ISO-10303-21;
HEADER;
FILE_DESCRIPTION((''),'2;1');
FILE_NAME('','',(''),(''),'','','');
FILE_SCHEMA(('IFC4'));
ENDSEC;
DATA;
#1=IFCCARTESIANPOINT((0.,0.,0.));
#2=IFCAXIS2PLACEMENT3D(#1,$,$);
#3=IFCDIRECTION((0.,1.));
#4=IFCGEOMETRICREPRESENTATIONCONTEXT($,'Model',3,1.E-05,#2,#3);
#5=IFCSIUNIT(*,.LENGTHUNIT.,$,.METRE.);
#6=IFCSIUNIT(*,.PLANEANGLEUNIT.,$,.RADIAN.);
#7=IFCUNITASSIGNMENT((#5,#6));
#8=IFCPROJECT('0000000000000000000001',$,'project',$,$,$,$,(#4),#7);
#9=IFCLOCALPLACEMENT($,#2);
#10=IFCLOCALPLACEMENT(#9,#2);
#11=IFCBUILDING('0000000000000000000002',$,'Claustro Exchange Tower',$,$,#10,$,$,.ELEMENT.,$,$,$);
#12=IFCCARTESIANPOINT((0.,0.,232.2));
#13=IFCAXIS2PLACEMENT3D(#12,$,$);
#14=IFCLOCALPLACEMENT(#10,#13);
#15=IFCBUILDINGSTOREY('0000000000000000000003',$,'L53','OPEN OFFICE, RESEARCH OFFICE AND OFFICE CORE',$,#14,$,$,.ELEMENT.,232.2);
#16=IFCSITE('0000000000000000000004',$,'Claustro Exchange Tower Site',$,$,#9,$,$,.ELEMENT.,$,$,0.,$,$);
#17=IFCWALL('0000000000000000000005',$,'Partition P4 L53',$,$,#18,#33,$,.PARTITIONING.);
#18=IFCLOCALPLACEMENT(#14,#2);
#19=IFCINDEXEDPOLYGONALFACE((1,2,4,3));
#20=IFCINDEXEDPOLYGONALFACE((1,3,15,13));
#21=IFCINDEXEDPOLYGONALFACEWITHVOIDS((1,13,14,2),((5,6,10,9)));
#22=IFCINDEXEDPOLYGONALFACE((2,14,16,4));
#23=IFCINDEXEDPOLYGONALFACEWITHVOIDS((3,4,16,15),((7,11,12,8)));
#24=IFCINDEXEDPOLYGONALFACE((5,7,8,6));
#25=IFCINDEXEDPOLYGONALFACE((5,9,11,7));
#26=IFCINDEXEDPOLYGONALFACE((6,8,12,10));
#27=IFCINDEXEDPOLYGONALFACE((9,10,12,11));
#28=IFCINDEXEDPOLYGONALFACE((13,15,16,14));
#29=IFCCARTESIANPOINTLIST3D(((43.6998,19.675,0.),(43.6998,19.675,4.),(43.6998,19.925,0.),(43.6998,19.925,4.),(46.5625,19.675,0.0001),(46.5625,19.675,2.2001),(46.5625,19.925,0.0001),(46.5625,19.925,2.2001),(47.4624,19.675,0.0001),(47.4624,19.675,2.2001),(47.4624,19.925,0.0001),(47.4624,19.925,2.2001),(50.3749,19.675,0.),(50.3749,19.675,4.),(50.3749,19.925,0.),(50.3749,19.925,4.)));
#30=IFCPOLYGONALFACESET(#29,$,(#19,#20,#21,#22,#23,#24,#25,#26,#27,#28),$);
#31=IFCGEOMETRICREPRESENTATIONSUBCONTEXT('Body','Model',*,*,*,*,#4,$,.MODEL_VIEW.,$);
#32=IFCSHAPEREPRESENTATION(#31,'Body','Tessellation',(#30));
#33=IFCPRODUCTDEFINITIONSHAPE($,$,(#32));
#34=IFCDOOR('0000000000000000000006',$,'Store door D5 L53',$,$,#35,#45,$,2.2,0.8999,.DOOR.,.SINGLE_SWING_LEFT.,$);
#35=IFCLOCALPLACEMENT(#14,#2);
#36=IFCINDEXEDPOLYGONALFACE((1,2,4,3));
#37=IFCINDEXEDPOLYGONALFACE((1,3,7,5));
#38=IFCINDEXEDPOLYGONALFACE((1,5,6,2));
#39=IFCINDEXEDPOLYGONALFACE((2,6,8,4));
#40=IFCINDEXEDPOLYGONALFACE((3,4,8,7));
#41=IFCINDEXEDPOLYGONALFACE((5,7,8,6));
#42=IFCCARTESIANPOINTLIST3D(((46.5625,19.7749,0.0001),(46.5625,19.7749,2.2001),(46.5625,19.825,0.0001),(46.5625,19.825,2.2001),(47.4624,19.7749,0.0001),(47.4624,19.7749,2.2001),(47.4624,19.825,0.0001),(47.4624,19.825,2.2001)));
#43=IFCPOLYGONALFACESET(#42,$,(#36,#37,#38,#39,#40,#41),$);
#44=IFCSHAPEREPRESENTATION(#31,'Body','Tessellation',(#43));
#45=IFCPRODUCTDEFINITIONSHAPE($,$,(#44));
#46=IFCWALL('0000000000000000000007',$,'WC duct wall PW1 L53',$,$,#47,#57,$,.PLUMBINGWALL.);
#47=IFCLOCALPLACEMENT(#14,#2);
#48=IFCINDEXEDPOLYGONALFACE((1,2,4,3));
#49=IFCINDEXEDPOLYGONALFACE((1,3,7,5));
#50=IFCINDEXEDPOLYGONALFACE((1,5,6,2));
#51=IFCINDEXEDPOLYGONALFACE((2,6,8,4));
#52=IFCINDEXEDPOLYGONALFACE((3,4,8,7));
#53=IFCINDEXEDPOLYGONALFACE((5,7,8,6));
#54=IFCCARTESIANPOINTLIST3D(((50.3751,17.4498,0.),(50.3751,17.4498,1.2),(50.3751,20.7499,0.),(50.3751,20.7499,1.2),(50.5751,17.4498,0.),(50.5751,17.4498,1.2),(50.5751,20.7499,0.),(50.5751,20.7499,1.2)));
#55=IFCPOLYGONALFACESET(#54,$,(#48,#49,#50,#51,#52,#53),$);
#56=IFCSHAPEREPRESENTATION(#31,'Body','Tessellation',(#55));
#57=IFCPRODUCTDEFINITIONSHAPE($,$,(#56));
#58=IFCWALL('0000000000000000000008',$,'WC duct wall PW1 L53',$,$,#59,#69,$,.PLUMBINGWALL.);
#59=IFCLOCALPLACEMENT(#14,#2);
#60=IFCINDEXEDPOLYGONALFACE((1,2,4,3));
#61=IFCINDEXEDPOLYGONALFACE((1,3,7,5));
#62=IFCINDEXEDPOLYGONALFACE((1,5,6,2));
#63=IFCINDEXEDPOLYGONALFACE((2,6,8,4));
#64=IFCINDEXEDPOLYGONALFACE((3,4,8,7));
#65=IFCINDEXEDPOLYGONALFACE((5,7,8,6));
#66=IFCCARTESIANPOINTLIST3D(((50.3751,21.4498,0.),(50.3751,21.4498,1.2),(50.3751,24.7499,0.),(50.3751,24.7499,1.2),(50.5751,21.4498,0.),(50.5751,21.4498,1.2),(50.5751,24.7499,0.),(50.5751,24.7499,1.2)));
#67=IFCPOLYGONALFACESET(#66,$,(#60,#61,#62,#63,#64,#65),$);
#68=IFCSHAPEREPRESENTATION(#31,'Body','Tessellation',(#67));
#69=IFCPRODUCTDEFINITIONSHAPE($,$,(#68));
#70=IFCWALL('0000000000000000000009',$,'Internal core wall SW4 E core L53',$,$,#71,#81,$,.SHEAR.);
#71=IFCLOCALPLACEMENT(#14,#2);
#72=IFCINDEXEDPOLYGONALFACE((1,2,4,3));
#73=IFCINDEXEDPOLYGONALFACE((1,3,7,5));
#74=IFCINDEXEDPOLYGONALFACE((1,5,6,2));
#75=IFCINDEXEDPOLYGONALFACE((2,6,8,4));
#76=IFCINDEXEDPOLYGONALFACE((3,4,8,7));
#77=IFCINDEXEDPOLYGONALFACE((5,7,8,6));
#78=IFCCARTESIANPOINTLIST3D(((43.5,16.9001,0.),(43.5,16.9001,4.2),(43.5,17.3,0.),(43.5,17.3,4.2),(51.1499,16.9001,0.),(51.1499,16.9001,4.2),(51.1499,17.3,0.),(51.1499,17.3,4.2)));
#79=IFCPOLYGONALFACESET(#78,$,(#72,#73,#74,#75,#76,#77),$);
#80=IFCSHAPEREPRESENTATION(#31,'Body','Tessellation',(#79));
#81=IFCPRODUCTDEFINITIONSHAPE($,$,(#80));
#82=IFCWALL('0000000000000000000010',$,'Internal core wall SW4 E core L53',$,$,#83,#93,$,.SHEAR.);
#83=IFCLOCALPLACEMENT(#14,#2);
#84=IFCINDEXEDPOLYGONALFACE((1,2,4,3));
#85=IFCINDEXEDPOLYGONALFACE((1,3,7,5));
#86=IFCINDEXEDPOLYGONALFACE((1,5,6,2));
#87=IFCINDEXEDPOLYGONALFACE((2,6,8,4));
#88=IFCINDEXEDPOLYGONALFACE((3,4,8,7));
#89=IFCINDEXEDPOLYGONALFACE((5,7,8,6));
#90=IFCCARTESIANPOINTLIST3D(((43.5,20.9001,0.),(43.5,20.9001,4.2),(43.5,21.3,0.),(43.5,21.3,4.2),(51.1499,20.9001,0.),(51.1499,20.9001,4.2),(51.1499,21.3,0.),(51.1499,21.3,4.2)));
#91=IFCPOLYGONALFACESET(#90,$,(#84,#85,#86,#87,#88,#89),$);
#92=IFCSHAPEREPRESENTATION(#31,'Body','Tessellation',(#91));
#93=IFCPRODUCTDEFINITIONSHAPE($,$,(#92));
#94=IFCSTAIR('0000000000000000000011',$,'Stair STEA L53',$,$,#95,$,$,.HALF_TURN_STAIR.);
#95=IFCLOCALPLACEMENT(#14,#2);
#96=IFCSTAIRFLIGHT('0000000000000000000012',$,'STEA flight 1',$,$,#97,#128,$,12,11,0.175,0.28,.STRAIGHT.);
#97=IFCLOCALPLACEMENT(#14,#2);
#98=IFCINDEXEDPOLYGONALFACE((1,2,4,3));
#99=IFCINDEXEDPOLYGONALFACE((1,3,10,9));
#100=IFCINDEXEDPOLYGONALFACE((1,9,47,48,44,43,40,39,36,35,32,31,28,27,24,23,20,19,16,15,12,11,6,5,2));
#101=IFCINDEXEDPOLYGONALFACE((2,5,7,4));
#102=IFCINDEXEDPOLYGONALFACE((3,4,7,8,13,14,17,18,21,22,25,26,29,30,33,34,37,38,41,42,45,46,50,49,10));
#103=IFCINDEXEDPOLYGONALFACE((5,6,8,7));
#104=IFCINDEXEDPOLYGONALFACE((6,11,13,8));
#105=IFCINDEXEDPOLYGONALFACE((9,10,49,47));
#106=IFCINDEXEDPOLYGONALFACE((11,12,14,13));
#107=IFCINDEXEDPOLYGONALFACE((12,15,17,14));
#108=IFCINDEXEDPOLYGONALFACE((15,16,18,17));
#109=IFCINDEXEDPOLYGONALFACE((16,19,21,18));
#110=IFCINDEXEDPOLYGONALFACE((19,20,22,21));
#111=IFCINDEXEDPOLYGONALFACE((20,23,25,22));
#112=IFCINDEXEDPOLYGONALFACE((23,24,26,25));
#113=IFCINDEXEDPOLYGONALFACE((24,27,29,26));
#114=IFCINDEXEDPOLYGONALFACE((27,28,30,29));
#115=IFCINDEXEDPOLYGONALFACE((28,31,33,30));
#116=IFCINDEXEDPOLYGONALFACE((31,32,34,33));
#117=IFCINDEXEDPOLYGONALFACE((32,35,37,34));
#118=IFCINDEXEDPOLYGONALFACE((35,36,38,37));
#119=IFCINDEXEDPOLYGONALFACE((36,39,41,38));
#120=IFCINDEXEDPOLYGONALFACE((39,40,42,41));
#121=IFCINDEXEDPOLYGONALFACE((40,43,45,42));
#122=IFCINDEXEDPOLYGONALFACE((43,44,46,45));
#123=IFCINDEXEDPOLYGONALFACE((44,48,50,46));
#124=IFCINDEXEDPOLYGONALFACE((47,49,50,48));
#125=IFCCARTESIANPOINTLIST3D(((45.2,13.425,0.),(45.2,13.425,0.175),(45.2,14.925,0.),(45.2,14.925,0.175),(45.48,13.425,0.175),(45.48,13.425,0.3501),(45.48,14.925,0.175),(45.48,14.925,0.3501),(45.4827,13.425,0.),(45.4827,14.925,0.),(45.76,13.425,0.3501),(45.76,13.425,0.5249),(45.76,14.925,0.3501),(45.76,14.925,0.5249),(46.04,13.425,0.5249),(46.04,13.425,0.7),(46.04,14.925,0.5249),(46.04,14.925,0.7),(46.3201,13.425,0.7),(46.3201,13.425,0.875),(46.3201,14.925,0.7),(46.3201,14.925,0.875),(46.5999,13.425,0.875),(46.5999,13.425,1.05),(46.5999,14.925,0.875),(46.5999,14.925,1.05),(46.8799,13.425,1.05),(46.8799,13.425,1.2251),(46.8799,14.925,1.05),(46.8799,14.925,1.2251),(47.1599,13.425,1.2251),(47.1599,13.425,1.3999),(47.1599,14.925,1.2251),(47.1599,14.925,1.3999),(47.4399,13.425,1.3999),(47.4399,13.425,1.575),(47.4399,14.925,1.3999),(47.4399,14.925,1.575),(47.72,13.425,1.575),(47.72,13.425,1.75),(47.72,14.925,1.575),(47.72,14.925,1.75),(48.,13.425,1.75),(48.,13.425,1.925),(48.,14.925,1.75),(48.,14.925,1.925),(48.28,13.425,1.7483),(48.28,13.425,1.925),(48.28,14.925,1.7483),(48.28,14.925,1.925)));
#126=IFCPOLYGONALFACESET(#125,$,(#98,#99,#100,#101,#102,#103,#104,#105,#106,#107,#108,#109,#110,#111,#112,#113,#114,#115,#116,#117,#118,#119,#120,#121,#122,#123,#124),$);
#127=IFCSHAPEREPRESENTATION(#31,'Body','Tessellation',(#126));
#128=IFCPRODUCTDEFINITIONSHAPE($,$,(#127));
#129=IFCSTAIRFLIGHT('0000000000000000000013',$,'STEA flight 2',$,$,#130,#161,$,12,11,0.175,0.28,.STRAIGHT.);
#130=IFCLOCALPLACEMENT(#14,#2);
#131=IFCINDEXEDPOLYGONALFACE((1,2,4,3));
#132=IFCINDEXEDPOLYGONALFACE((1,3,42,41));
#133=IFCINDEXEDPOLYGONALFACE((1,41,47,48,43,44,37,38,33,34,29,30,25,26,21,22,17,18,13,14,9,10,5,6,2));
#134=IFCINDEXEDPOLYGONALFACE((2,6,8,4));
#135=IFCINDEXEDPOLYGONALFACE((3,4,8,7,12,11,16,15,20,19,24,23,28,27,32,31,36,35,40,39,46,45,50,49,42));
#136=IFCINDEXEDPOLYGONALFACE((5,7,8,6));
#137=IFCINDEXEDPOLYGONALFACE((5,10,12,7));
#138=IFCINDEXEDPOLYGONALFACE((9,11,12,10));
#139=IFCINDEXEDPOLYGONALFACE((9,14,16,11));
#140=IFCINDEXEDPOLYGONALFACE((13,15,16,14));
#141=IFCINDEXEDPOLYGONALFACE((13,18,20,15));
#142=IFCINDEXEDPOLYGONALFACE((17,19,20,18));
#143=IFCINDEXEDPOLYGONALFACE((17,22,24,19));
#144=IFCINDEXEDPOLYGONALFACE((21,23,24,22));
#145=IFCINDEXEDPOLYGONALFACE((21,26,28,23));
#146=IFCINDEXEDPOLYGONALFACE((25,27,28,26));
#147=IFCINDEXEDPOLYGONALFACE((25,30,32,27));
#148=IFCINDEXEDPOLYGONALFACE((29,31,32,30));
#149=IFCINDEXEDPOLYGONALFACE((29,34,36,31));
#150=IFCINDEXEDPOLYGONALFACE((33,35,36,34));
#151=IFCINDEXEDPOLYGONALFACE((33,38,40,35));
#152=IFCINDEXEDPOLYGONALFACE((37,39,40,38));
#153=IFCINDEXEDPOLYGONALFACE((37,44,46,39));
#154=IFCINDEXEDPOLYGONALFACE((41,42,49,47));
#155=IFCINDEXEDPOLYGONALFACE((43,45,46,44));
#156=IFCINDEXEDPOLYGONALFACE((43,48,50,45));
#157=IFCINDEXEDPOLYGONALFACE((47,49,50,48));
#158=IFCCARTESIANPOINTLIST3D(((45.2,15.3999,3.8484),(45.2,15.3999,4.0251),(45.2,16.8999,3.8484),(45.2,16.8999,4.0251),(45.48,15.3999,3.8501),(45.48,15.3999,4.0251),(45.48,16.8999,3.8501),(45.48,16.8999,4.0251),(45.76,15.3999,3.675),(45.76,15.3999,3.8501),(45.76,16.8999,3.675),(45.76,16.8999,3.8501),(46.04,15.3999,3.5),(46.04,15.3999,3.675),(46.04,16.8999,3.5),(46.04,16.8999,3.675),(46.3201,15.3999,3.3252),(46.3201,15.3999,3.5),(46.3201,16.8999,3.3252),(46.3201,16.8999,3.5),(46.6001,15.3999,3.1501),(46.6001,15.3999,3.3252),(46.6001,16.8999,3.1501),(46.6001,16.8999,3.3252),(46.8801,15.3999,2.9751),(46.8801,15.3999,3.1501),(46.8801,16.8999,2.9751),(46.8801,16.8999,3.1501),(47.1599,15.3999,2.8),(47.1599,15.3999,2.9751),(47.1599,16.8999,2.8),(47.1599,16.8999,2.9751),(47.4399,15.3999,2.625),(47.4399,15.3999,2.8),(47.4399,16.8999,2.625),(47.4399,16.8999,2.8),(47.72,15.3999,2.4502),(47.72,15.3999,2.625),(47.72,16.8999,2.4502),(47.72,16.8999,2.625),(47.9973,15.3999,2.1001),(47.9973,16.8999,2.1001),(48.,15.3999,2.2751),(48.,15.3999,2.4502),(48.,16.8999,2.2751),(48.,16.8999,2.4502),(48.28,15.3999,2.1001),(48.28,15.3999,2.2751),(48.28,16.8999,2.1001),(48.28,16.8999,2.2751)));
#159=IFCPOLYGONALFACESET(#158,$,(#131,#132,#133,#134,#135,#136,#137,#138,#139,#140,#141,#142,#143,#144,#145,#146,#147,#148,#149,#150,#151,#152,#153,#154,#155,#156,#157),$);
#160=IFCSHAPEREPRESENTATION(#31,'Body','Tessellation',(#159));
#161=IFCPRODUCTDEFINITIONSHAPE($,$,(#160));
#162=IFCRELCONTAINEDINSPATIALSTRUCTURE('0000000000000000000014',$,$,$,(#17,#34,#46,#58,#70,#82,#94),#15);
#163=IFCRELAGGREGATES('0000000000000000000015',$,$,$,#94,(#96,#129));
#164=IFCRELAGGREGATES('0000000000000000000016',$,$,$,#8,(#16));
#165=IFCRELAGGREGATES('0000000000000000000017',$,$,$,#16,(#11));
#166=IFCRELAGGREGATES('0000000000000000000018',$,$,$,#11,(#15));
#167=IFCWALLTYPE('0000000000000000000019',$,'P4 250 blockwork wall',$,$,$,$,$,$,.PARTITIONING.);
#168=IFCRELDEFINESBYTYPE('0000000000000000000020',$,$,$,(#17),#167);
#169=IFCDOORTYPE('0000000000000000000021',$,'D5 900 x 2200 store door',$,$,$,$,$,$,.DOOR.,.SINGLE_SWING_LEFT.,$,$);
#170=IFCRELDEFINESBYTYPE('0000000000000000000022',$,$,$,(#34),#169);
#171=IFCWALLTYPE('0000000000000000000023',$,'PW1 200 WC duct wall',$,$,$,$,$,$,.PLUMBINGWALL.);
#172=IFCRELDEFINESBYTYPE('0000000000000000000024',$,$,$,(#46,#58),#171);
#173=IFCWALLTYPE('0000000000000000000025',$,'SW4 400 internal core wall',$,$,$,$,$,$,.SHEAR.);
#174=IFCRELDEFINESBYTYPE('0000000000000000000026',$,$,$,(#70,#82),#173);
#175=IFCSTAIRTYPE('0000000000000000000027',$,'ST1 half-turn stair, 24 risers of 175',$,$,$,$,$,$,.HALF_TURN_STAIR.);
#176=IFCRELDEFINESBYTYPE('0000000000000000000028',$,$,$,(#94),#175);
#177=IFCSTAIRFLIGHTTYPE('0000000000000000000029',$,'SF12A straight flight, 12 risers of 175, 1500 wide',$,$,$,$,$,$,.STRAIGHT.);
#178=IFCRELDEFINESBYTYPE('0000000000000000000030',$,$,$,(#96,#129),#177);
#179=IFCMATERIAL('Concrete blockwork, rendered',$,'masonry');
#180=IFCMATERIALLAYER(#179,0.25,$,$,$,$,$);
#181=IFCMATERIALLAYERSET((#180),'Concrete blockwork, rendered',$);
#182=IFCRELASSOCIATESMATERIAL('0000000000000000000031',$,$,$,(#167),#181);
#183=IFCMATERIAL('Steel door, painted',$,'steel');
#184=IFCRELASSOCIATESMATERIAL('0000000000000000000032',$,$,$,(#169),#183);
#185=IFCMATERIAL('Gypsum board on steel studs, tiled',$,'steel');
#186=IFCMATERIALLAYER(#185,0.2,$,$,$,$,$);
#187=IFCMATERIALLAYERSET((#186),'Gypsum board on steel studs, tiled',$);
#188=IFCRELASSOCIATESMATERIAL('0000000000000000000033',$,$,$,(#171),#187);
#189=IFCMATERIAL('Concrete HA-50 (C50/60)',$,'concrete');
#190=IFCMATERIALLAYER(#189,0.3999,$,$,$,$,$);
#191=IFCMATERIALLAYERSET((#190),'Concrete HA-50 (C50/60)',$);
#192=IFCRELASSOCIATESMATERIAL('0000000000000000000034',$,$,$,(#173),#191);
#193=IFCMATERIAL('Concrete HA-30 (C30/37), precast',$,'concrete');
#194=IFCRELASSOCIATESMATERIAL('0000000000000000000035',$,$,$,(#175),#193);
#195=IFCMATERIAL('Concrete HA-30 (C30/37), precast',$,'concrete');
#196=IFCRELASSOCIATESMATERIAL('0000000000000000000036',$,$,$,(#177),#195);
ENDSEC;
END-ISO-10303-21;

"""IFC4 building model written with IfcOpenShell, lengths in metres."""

from ifc_helpers import new_model, si_unit, direction, frame, frame_2d, origin, place, context, subcontext, project, spatial, polyline, rectangle, outline, extrude, material, layer, layer_set, type_object, element, fill, aggregate, save


model = new_model("IFC4")

# Units and contexts
model_context = context("Model", 3, precision=1e-05, world=origin(), true_north=direction((0.0, 1.0)))
body_context = subcontext(model_context, "Body", "Model", "MODEL_VIEW")
ifc_project = project(units=[si_unit("LENGTHUNIT", "METRE"), si_unit("PLANEANGLEUNIT", "RADIAN")], contexts=[model_context])

# Site, building, storey
site_placement = place(None, origin())
site = spatial("IfcSite", under=ifc_project, at=site_placement, Name="Claustro Exchange Tower Site", CompositionType="ELEMENT", RefElevation=0.0)
building_placement = place(site_placement, origin())
building = spatial("IfcBuilding", under=site, at=building_placement, Name="Claustro Exchange Tower", CompositionType="ELEMENT")
storey_placement = place(building_placement, frame((0.0, 0.0, 232.2)))
storey = spatial("IfcBuildingStorey", under=building, at=storey_placement, Name="L53", Description="OPEN OFFICE, RESEARCH OFFICE AND OFFICE CORE", CompositionType="ELEMENT", Elevation=232.2)

# Wall, opening, door
ifc_material_1 = material(Name="Concrete blockwork, rendered", Category="masonry")
ifc_layer_1 = layer(ifc_material_1, 0.25)
ifc_layer_set_1 = layer_set([ifc_layer_1], Name="Concrete blockwork, rendered")
wall_type_1 = type_object("IfcWallType", Name="P4 250 blockwork wall", PredefinedType="PARTITIONING", material=ifc_layer_set_1)
wall_placement = place(storey_placement, frame((43.7, 19.8, 0.0), z_axis=(0.0, 0.0, 1.0), x_axis=(1.0, 0.0, 0.0)))
wall = element("IfcWall", 1, at=wall_placement, inside=storey, type_object=wall_type_1, Name="Partition P4 L53", PredefinedType="PARTITIONING", context=body_context, shape_type="SweptSolid", body=[
    extrude(rectangle(XDim=6.675, YDim=0.25, at=frame_2d((3.3374, 0.0))), origin(), (0.0, 0.0, 1.0), 4.0),
])
opening_placement = place(wall_placement, frame((2.8625, 0.0, 0.0)))
opening = element("IfcOpeningElement", 2, at=opening_placement, cuts=wall, PredefinedType="OPENING", context=body_context, shape_type="SweptSolid", body=[
    extrude(rectangle(XDim=0.8999, YDim=2.2, at=frame_2d((0.45, 1.1001))), frame((0.0, 0.135, 0.0), z_axis=(0.0, -1.0, 0.0), x_axis=(1.0, 0.0, 0.0)), (0.0, 0.0, 1.0), 0.27),
])
ifc_material_2 = material(Name="Steel door, painted", Category="steel")
door_type = type_object("IfcDoorType", Name="D5 900 x 2200 store door", OperationType="SINGLE_SWING_LEFT", PredefinedType="DOOR", material=ifc_material_2)
door_placement = place(opening_placement, origin())
door = element("IfcDoor", 3, at=door_placement, inside=storey, type_object=door_type, Name="Store door D5 L53", OperationType="SINGLE_SWING_LEFT", OverallHeight=2.2, OverallWidth=0.8999, PredefinedType="DOOR", context=body_context, shape_type="SweptSolid", body=[
    extrude(rectangle(XDim=0.8999, YDim=2.2, at=frame_2d((0.45, 1.1001))), frame((0.0, 0.0249, 0.0), z_axis=(0.0, -1.0, 0.0), x_axis=(1.0, 0.0, 0.0)), (0.0, 0.0, 1.0), 0.05),
])
fill(opening, door)

# Walls
ifc_material_3 = material(Name="Gypsum board on steel studs, tiled", Category="steel")
ifc_layer_2 = layer(ifc_material_3, 0.2)
ifc_layer_set_2 = layer_set([ifc_layer_2], Name="Gypsum board on steel studs, tiled")
wall_type_2 = type_object("IfcWallType", Name="PW1 200 WC duct wall", PredefinedType="PLUMBINGWALL", material=ifc_layer_set_2)
for number, where, z_axis, x_axis, name in (
    (4, (50.4751, 17.45, 0.0), (0.0, 0.0, 1.0), (0.0, 1.0, 0.0), "WC duct wall PW1 L53"),
    (5, (50.4751, 21.45, 0.0), (0.0, 0.0, 1.0), (0.0, 1.0, 0.0), "WC duct wall PW1 L53"),
):
    element("IfcWall", number, at=place(storey_placement, frame(where, z_axis=z_axis, x_axis=x_axis)), inside=storey, type_object=wall_type_2, Name=name, PredefinedType="PLUMBINGWALL", context=body_context, shape_type="SweptSolid", body=[
        extrude(rectangle(XDim=3.3, YDim=0.2, at=frame_2d((1.6499, 0.0))), origin(), (0.0, 0.0, 1.0), 1.2),
    ])
ifc_material_4 = material(Name="Concrete HA-50 (C50/60)", Category="concrete")
ifc_layer_3 = layer(ifc_material_4, 0.3999)
ifc_layer_set_3 = layer_set([ifc_layer_3], Name="Concrete HA-50 (C50/60)")
wall_type_3 = type_object("IfcWallType", Name="SW4 400 internal core wall", PredefinedType="SHEAR", material=ifc_layer_set_3)
for number, where, z_axis, x_axis, name in (
    (6, (51.1499, 17.1001, 0.0), (0.0, 0.0, 1.0), (-1.0, 0.0, 0.0), "Internal core wall SW4 E core L53"),
    (7, (51.1499, 21.1001, 0.0), (0.0, 0.0, 1.0), (-1.0, 0.0, 0.0), "Internal core wall SW4 E core L53"),
):
    element("IfcWall", number, at=place(storey_placement, frame(where, z_axis=z_axis, x_axis=x_axis)), inside=storey, type_object=wall_type_3, Name=name, PredefinedType="SHEAR", context=body_context, shape_type="SweptSolid", body=[
        extrude(rectangle(XDim=7.6499, YDim=0.3999, at=frame_2d((3.825, 0.0))), origin(), (0.0, 0.0, 1.0), 4.2),
    ])

# Stair, stair flights
ifc_material_5 = material(Name="Concrete HA-30 (C30/37), precast", Category="concrete")
stair_type = type_object("IfcStairType", Name="ST1 half-turn stair, 24 risers of 175", PredefinedType="HALF_TURN_STAIR", material=ifc_material_5)
stair_placement = place(storey_placement, origin())
stair = element("IfcStair", 8, at=stair_placement, inside=storey, type_object=stair_type, Name="Stair STEA L53", PredefinedType="HALF_TURN_STAIR")
ifc_material_6 = material(Name="Concrete HA-30 (C30/37), precast", Category="concrete")
stair_flight_type = type_object("IfcStairFlightType", Name="SF12A straight flight, 12 risers of 175, 1500 wide", PredefinedType="STRAIGHT", material=ifc_material_6)
stair_flight_1_placement = place(storey_placement, frame((45.2, 14.175, 0.0), z_axis=(0.0, 0.0, 1.0), x_axis=(1.0, 0.0, 0.0)))
stair_flight_1 = element("IfcStairFlight", 9, at=stair_flight_1_placement, type_object=stair_flight_type, Name="STEA flight 1", NumberOfRisers=12, NumberOfTreads=11, PredefinedType="STRAIGHT", RiserHeight=0.175, TreadLength=0.28, context=body_context, shape_type="SweptSolid", body=[
    extrude(outline(polyline([(0.0, 0.0), (0.0, 0.175), (0.28, 0.175), (0.28, 0.3501), (0.5601, 0.3501), (0.5601, 0.5249), (0.8401, 0.5249), (0.8401, 0.7), (1.1201, 0.7), (1.1201, 0.875), (1.3999, 0.875), (1.3999, 1.05), (1.6799, 1.05), (1.6799, 1.2251), (1.96, 1.2251), (1.96, 1.3999), (2.24, 1.3999), (2.24, 1.575), (2.52, 1.575), (2.52, 1.75), (2.8, 1.75), (2.8, 1.925), (3.0801, 1.925), (3.0801, 2.1001), (3.0801, 1.7483), (0.2827, 0.0), (0.0, 0.0)])), frame((0.0, 0.75, 0.0), z_axis=(0.0, -1.0, 0.0), x_axis=(1.0, 0.0, 0.0)), (0.0, 0.0, 1.0), 1.5),
])
stair_flight_2_placement = place(storey_placement, frame((48.28, 16.1499, 2.1001), z_axis=(0.0, 0.0, 1.0), x_axis=(-1.0, 0.0, 0.0)))
stair_flight_2 = element("IfcStairFlight", 10, at=stair_flight_2_placement, type_object=stair_flight_type, Name="STEA flight 2", NumberOfRisers=12, NumberOfTreads=11, PredefinedType="STRAIGHT", RiserHeight=0.175, TreadLength=0.28, context=body_context, shape_type="SweptSolid", body=[
    extrude(outline(polyline([(0.0, 0.0), (0.0, 0.175), (0.28, 0.175), (0.28, 0.3501), (0.5601, 0.3501), (0.5601, 0.5249), (0.8401, 0.5249), (0.8401, 0.7), (1.1201, 0.7), (1.1201, 0.875), (1.3999, 0.875), (1.3999, 1.05), (1.6799, 1.05), (1.6799, 1.2251), (1.96, 1.2251), (1.96, 1.3999), (2.24, 1.3999), (2.24, 1.575), (2.52, 1.575), (2.52, 1.75), (2.8, 1.75), (2.8, 1.925), (3.0801, 1.925), (3.0801, 2.1001), (3.0801, 1.7483), (0.2827, 0.0), (0.0, 0.0)])), frame((0.0, 0.75, 0.0), z_axis=(0.0, -1.0, 0.0), x_axis=(1.0, 0.0, 0.0)), (0.0, 0.0, 1.0), 1.5),
])
aggregate(stair, [stair_flight_1, stair_flight_2])

save(model, "model.ifc")
